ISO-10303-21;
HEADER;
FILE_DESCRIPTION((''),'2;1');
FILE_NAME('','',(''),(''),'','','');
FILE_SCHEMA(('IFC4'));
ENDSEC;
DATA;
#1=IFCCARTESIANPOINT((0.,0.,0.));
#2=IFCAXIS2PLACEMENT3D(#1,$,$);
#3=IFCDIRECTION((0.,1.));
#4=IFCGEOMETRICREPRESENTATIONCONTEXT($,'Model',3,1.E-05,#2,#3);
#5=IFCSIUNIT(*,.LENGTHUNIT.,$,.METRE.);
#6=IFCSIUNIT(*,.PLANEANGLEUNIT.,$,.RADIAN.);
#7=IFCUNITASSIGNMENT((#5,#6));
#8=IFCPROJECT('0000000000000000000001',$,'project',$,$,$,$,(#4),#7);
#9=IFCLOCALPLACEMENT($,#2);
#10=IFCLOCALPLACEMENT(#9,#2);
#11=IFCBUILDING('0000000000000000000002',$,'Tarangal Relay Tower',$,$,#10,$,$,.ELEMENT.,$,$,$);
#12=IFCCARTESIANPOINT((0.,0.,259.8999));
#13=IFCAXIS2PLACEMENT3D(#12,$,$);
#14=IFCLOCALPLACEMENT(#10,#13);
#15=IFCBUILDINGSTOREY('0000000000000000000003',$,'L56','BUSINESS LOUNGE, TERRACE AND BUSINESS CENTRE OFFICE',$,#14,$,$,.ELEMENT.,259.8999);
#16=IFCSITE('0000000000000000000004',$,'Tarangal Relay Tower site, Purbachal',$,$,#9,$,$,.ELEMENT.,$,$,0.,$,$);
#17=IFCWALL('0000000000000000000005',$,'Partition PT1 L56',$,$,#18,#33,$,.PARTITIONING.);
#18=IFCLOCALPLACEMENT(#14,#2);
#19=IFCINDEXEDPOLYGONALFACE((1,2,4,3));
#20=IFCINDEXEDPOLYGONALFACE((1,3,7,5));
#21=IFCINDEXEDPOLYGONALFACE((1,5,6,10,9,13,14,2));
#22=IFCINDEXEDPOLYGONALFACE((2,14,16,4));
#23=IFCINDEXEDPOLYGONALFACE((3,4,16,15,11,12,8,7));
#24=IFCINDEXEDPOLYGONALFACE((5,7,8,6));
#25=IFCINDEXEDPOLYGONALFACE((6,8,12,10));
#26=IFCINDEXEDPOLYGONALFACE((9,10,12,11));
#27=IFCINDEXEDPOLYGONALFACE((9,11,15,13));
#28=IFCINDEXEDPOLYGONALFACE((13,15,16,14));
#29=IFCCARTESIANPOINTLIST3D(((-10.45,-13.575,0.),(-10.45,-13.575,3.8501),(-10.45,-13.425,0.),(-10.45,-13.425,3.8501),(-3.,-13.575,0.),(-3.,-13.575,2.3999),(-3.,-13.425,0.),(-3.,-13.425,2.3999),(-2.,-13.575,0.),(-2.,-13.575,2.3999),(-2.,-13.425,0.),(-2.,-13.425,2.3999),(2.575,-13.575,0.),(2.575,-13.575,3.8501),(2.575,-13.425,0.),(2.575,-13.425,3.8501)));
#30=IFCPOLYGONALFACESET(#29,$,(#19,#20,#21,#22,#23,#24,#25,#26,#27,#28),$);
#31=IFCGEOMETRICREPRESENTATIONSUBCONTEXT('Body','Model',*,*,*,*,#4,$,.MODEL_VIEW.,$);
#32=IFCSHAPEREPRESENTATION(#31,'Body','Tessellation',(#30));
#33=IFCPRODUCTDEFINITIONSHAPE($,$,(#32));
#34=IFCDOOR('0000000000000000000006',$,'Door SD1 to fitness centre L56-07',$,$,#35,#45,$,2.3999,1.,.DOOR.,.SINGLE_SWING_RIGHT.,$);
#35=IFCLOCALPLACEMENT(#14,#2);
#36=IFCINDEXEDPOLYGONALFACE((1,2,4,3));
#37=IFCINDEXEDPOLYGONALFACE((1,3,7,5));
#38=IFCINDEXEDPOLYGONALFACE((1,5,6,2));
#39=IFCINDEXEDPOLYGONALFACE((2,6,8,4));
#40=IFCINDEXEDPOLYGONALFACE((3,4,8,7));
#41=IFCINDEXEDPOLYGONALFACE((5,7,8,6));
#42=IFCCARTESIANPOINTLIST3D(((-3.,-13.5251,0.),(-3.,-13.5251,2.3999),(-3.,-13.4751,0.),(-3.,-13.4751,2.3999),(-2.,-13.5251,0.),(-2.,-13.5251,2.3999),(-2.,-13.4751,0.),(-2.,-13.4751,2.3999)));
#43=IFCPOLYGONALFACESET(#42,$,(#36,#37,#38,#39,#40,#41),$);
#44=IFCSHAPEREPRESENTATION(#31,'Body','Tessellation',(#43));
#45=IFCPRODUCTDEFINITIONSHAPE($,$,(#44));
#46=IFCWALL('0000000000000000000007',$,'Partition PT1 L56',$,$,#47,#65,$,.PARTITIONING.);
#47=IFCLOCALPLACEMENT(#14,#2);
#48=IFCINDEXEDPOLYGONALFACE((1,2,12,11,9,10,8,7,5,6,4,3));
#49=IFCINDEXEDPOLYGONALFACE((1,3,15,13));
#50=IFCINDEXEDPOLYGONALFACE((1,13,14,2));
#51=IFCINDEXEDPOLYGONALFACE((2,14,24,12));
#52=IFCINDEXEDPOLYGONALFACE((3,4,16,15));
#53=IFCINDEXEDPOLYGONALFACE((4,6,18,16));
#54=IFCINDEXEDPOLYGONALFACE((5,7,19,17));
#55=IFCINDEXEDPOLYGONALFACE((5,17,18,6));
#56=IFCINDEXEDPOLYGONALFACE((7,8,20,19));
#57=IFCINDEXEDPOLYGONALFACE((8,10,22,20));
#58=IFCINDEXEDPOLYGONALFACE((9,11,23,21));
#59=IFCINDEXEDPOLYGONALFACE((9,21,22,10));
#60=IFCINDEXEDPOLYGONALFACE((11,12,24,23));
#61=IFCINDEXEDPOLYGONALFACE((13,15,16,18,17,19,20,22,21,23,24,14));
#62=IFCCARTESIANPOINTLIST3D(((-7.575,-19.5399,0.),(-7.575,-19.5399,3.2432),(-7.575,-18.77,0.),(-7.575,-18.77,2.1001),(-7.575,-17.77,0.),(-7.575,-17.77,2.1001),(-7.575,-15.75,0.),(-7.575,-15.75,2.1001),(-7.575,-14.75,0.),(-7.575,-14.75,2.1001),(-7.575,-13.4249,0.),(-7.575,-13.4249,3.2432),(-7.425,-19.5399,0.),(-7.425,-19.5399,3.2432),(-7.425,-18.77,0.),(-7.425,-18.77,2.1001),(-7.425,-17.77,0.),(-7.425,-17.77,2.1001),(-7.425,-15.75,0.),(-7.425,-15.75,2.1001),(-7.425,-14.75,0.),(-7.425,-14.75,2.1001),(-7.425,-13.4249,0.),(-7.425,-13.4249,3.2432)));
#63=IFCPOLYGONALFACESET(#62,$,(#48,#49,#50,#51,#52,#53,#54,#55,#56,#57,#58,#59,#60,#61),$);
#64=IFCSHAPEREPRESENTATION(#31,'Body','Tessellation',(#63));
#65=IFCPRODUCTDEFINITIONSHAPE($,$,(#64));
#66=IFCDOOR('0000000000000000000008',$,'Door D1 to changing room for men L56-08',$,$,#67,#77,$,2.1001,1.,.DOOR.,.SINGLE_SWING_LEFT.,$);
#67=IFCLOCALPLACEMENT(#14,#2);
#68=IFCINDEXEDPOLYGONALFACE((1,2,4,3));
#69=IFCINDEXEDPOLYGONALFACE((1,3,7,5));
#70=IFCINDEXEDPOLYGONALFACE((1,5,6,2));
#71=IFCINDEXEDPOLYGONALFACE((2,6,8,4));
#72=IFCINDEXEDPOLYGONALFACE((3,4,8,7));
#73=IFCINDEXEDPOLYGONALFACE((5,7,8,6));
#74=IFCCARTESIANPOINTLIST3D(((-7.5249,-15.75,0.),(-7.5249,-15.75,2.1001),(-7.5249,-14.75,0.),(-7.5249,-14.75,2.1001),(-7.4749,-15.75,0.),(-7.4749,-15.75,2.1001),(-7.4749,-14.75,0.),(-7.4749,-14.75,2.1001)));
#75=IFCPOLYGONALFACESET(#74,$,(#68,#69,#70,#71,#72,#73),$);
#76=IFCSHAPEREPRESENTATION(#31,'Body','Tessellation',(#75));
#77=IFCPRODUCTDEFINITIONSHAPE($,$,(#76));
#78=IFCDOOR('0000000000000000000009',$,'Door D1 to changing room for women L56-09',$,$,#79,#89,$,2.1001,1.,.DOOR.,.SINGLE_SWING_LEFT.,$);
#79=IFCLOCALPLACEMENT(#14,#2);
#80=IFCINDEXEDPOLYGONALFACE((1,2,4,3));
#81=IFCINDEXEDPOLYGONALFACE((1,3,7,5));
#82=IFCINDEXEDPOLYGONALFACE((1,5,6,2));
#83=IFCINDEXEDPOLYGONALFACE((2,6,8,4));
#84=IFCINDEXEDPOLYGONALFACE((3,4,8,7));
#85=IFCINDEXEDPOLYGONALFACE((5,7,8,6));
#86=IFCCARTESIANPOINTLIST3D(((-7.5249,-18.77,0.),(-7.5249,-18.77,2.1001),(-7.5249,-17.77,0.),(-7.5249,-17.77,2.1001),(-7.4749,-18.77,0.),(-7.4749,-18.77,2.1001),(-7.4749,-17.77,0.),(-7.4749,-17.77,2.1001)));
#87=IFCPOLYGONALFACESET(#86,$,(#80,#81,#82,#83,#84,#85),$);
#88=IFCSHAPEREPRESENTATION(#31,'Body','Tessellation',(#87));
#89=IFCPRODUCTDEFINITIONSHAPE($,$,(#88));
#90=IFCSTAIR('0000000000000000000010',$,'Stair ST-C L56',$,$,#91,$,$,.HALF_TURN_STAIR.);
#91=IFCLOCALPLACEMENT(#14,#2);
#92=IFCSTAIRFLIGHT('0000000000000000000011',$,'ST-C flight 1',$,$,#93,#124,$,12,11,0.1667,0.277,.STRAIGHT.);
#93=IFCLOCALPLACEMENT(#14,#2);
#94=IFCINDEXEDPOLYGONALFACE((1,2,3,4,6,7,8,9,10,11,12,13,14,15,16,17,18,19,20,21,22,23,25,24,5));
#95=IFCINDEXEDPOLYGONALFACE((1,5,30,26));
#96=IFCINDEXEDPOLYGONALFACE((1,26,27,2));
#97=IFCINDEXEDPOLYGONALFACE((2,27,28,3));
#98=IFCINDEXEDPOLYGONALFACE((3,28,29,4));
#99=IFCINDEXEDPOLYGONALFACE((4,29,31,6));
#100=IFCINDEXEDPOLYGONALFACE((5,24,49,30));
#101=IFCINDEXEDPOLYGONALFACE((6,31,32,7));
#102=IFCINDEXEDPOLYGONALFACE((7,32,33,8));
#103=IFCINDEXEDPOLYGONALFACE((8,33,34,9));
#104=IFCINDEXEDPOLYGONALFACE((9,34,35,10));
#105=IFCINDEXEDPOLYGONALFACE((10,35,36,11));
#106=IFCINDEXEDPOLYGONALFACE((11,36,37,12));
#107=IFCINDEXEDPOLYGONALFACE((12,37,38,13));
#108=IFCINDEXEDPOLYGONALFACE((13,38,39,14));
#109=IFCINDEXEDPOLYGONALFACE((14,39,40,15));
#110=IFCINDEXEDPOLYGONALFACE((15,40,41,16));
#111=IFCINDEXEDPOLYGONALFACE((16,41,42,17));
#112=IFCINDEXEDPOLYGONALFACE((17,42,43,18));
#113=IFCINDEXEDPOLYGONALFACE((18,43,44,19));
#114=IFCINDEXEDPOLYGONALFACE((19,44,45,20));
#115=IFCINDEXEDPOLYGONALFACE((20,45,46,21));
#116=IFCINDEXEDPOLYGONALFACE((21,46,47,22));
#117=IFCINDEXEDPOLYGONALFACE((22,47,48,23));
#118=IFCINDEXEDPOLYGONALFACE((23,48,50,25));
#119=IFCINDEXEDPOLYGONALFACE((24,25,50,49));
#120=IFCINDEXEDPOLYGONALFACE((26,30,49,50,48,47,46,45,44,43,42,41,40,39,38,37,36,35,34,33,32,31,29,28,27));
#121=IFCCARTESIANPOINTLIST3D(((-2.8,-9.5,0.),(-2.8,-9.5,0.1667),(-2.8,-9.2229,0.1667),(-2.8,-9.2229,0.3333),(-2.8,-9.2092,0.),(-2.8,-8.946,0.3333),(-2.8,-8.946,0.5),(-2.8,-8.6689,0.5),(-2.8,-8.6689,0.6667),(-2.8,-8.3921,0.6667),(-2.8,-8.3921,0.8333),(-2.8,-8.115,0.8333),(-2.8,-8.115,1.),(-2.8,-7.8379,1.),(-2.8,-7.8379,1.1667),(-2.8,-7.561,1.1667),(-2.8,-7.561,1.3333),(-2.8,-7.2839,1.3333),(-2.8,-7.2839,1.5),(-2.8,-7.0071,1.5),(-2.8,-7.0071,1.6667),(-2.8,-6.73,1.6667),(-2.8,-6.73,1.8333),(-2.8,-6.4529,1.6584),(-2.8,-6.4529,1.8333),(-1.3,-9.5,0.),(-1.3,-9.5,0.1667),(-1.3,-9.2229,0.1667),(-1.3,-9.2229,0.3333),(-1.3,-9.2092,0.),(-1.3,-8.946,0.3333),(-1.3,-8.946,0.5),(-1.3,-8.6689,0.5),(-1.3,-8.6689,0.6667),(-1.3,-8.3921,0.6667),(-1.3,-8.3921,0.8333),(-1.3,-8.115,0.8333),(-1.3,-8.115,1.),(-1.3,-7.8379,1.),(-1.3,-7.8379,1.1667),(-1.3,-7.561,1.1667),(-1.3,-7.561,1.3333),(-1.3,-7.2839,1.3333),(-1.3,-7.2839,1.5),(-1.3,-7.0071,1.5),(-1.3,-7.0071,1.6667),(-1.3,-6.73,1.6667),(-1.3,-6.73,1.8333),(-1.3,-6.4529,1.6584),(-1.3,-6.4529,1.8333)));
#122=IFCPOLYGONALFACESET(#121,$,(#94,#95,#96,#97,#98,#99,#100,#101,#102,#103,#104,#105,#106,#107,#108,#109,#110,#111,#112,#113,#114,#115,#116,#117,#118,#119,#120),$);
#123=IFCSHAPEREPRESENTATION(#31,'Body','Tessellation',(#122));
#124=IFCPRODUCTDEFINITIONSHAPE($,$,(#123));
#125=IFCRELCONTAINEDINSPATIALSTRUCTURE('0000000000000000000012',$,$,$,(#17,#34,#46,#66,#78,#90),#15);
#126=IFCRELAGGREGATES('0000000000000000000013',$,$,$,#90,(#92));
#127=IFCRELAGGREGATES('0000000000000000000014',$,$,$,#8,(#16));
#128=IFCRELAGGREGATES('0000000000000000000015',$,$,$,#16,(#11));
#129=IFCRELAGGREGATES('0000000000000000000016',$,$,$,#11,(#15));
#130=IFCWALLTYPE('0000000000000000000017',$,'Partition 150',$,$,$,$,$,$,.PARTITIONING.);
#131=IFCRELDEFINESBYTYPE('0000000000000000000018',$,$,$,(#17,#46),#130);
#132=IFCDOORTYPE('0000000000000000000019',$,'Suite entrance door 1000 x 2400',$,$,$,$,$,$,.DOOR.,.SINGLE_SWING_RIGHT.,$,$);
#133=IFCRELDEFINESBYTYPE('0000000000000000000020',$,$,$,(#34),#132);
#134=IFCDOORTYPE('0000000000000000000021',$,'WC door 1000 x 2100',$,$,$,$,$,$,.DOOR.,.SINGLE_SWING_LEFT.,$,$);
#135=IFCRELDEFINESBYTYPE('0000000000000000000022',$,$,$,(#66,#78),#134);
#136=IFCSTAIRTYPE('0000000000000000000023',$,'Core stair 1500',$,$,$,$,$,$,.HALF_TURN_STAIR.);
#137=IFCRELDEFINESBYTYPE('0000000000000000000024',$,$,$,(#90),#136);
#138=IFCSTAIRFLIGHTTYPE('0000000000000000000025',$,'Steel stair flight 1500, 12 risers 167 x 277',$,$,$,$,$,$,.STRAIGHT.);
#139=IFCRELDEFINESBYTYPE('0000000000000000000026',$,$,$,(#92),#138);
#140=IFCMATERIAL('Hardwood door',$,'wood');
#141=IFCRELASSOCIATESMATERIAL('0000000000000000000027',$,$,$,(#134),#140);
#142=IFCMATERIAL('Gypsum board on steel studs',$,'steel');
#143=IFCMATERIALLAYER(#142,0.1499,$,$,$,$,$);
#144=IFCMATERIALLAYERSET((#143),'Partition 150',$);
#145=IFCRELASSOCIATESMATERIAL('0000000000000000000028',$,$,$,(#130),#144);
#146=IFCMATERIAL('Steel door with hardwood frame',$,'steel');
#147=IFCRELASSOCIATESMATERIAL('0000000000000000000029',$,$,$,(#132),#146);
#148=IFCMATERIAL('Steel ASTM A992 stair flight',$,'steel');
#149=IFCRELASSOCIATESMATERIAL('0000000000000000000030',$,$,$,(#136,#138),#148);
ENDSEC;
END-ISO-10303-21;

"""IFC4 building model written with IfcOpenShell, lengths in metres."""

from ifc_helpers import new_model, si_unit, direction, frame, frame_2d, origin, place, context, subcontext, project, spatial, polyline, rectangle, outline, extrude, material, layer, layer_set, type_object, element, fill, aggregate, save


model = new_model("IFC4")

# Units and contexts
model_context = context("Model", 3, precision=1e-05, world=origin(), true_north=direction((0.0, 1.0)))
body_context = subcontext(model_context, "Body", "Model", "MODEL_VIEW")
ifc_project = project(units=[si_unit("LENGTHUNIT", "METRE"), si_unit("PLANEANGLEUNIT", "RADIAN")], contexts=[model_context])

# Site, building, storey
site_placement = place(None, origin())
site = spatial("IfcSite", under=ifc_project, at=site_placement, Name="Tarangal Relay Tower site, Purbachal", CompositionType="ELEMENT", RefElevation=0.0)
building_placement = place(site_placement, origin())
building = spatial("IfcBuilding", under=site, at=building_placement, Name="Tarangal Relay Tower", CompositionType="ELEMENT")
storey_placement = place(building_placement, frame((0.0, 0.0, 259.8999)))
storey = spatial("IfcBuildingStorey", under=building, at=storey_placement, Name="L56", Description="BUSINESS LOUNGE, TERRACE AND BUSINESS CENTRE OFFICE", CompositionType="ELEMENT", Elevation=259.8999)

# Shared definitions
ifc_material_1 = material(Name="Hardwood door", Category="wood")
door_type_1 = type_object("IfcDoorType", Name="WC door 1000 x 2100", OperationType="SINGLE_SWING_LEFT", PredefinedType="DOOR", material=ifc_material_1)

# Shared definitions
ifc_material_2 = material(Name="Steel door with hardwood frame", Category="steel")

# Shared definitions
ifc_material_3 = material(Name="Gypsum board on steel studs", Category="steel")
ifc_layer_1 = layer(ifc_material_3, 0.1499)
ifc_layer_set_1 = layer_set([ifc_layer_1], Name="Partition 150")
wall_type_1 = type_object("IfcWallType", Name="Partition 150", PredefinedType="PARTITIONING", material=ifc_layer_set_1)

# Wall, opening, door
wall_1_placement = place(storey_placement, frame((-10.45, -13.5, 0.0), z_axis=(0.0, 0.0, 1.0), x_axis=(1.0, 0.0, 0.0)))
wall_1 = element("IfcWall", 1, at=wall_1_placement, inside=storey, type_object=wall_type_1, Name="Partition PT1 L56", PredefinedType="PARTITIONING", context=body_context, shape_type="SweptSolid", body=[
    extrude(rectangle(XDim=13.0249, YDim=0.1499, at=frame_2d((6.5125, 0.0))), origin(), (0.0, 0.0, 1.0), 3.8501),
])
opening_1_placement = place(wall_1_placement, frame((7.45, 0.0, 0.0)))
opening_1 = element("IfcOpeningElement", 2, at=opening_1_placement, cuts=wall_1, PredefinedType="OPENING", context=body_context, shape_type="SweptSolid", body=[
    extrude(rectangle(XDim=1.0, YDim=2.3999, at=frame_2d((0.5, 1.2))), frame((0.0, 0.085, 0.0), z_axis=(0.0, -1.0, 0.0), x_axis=(1.0, 0.0, 0.0)), (0.0, 0.0, 1.0), 0.1699),
])
door_type_2 = type_object("IfcDoorType", Name="Suite entrance door 1000 x 2400", OperationType="SINGLE_SWING_RIGHT", PredefinedType="DOOR", material=ifc_material_2)
door_1_placement = place(opening_1_placement, origin())
door_1 = element("IfcDoor", 3, at=door_1_placement, inside=storey, type_object=door_type_2, Name="Door SD1 to fitness centre L56-07", OperationType="SINGLE_SWING_RIGHT", OverallHeight=2.3999, OverallWidth=1.0, PredefinedType="DOOR", context=body_context, shape_type="SweptSolid", body=[
    extrude(rectangle(XDim=1.0, YDim=2.3999, at=frame_2d((0.5, 1.2))), frame((0.0, 0.0249, 0.0), z_axis=(0.0, -1.0, 0.0), x_axis=(1.0, 0.0, 0.0)), (0.0, 0.0, 1.0), 0.05),
])
fill(opening_1, door_1)

# Wall, openings, doors
wall_2_placement = place(storey_placement, frame((-7.5, -19.54, 0.0), z_axis=(0.0, 0.0, 1.0), x_axis=(0.0, 1.0, 0.0)))
wall_2 = element("IfcWall", 4, at=wall_2_placement, inside=storey, type_object=wall_type_1, Name="Partition PT1 L56", PredefinedType="PARTITIONING", context=body_context, shape_type="SweptSolid", body=[
    extrude(rectangle(XDim=6.115, YDim=0.1499, at=frame_2d((3.0576, 0.0))), origin(), (0.0, 0.0, 1.0), 3.2432),
])
opening_2_placement = place(wall_2_placement, frame((3.79, 0.0, 0.0)))
opening_2 = element("IfcOpeningElement", 5, at=opening_2_placement, cuts=wall_2, PredefinedType="OPENING", context=body_context, shape_type="SweptSolid", body=[
    extrude(rectangle(XDim=1.0, YDim=2.1001, at=frame_2d((0.5, 1.05))), frame((0.0, 0.085, 0.0), z_axis=(0.0, -1.0, 0.0), x_axis=(1.0, 0.0, 0.0)), (0.0, 0.0, 1.0), 0.1699),
])
opening_3_placement = place(wall_2_placement, frame((0.77, 0.0, 0.0)))
opening_3 = element("IfcOpeningElement", 6, at=opening_3_placement, cuts=wall_2, PredefinedType="OPENING", context=body_context, shape_type="SweptSolid", body=[
    extrude(rectangle(XDim=1.0, YDim=2.1001, at=frame_2d((0.5, 1.05))), frame((0.0, 0.085, 0.0), z_axis=(0.0, -1.0, 0.0), x_axis=(1.0, 0.0, 0.0)), (0.0, 0.0, 1.0), 0.1699),
])
door_2_placement = place(opening_2_placement, origin())
door_2 = element("IfcDoor", 7, at=door_2_placement, inside=storey, type_object=door_type_1, Name="Door D1 to changing room for men L56-08", OperationType="SINGLE_SWING_LEFT", OverallHeight=2.1001, OverallWidth=1.0, PredefinedType="DOOR", context=body_context, shape_type="SweptSolid", body=[
    extrude(rectangle(XDim=1.0, YDim=2.1001, at=frame_2d((0.5, 1.05))), frame((0.0, 0.0249, 0.0), z_axis=(0.0, -1.0, 0.0), x_axis=(1.0, 0.0, 0.0)), (0.0, 0.0, 1.0), 0.05),
])
fill(opening_2, door_2)
door_3_placement = place(opening_3_placement, origin())
door_3 = element("IfcDoor", 8, at=door_3_placement, inside=storey, type_object=door_type_1, Name="Door D1 to changing room for women L56-09", OperationType="SINGLE_SWING_LEFT", OverallHeight=2.1001, OverallWidth=1.0, PredefinedType="DOOR", context=body_context, shape_type="SweptSolid", body=[
    extrude(rectangle(XDim=1.0, YDim=2.1001, at=frame_2d((0.5, 1.05))), frame((0.0, 0.0249, 0.0), z_axis=(0.0, -1.0, 0.0), x_axis=(1.0, 0.0, 0.0)), (0.0, 0.0, 1.0), 0.05),
])
fill(opening_3, door_3)

# Stair, stair flight
ifc_material_4 = material(Name="Steel ASTM A992 stair flight", Category="steel")
stair_type = type_object("IfcStairType", Name="Core stair 1500", PredefinedType="HALF_TURN_STAIR", material=ifc_material_4)
stair_placement = place(storey_placement, origin())
stair = element("IfcStair", 9, at=stair_placement, inside=storey, type_object=stair_type, Name="Stair ST-C L56", PredefinedType="HALF_TURN_STAIR")
stair_flight_type = type_object("IfcStairFlightType", Name="Steel stair flight 1500, 12 risers 167 x 277", PredefinedType="STRAIGHT", material=ifc_material_4)
stair_flight_placement = place(storey_placement, frame((-2.05, -9.5, 0.0), z_axis=(0.0, 0.0, 1.0), x_axis=(0.0, 1.0, 0.0)))
stair_flight = element("IfcStairFlight", 10, at=stair_flight_placement, type_object=stair_flight_type, Name="ST-C flight 1", NumberOfRisers=12, NumberOfTreads=11, PredefinedType="STRAIGHT", RiserHeight=0.1667, TreadLength=0.277, context=body_context, shape_type="SweptSolid", body=[
    extrude(outline(polyline([(0.0, 0.0), (0.0, 0.1667), (0.2771, 0.1667), (0.2771, 0.3333), (0.554, 0.3333), (0.554, 0.5), (0.8311, 0.5), (0.8311, 0.6667), (1.1079, 0.6667), (1.1079, 0.8333), (1.385, 0.8333), (1.385, 1.0), (1.6621, 1.0), (1.6621, 1.1667), (1.939, 1.1667), (1.939, 1.3333), (2.2161, 1.3333), (2.2161, 1.5), (2.4929, 1.5), (2.4929, 1.6667), (2.77, 1.6667), (2.77, 1.8333), (3.0471, 1.8333), (3.0471, 2.0), (3.0471, 1.6584), (0.2908, 0.0), (0.0, 0.0)])), frame((0.0, 0.75, 0.0), z_axis=(0.0, -1.0, 0.0), x_axis=(1.0, 0.0, 0.0)), (0.0, 0.0, 1.0), 1.5),
])
aggregate(stair, [stair_flight])

save(model, "model.ifc")
